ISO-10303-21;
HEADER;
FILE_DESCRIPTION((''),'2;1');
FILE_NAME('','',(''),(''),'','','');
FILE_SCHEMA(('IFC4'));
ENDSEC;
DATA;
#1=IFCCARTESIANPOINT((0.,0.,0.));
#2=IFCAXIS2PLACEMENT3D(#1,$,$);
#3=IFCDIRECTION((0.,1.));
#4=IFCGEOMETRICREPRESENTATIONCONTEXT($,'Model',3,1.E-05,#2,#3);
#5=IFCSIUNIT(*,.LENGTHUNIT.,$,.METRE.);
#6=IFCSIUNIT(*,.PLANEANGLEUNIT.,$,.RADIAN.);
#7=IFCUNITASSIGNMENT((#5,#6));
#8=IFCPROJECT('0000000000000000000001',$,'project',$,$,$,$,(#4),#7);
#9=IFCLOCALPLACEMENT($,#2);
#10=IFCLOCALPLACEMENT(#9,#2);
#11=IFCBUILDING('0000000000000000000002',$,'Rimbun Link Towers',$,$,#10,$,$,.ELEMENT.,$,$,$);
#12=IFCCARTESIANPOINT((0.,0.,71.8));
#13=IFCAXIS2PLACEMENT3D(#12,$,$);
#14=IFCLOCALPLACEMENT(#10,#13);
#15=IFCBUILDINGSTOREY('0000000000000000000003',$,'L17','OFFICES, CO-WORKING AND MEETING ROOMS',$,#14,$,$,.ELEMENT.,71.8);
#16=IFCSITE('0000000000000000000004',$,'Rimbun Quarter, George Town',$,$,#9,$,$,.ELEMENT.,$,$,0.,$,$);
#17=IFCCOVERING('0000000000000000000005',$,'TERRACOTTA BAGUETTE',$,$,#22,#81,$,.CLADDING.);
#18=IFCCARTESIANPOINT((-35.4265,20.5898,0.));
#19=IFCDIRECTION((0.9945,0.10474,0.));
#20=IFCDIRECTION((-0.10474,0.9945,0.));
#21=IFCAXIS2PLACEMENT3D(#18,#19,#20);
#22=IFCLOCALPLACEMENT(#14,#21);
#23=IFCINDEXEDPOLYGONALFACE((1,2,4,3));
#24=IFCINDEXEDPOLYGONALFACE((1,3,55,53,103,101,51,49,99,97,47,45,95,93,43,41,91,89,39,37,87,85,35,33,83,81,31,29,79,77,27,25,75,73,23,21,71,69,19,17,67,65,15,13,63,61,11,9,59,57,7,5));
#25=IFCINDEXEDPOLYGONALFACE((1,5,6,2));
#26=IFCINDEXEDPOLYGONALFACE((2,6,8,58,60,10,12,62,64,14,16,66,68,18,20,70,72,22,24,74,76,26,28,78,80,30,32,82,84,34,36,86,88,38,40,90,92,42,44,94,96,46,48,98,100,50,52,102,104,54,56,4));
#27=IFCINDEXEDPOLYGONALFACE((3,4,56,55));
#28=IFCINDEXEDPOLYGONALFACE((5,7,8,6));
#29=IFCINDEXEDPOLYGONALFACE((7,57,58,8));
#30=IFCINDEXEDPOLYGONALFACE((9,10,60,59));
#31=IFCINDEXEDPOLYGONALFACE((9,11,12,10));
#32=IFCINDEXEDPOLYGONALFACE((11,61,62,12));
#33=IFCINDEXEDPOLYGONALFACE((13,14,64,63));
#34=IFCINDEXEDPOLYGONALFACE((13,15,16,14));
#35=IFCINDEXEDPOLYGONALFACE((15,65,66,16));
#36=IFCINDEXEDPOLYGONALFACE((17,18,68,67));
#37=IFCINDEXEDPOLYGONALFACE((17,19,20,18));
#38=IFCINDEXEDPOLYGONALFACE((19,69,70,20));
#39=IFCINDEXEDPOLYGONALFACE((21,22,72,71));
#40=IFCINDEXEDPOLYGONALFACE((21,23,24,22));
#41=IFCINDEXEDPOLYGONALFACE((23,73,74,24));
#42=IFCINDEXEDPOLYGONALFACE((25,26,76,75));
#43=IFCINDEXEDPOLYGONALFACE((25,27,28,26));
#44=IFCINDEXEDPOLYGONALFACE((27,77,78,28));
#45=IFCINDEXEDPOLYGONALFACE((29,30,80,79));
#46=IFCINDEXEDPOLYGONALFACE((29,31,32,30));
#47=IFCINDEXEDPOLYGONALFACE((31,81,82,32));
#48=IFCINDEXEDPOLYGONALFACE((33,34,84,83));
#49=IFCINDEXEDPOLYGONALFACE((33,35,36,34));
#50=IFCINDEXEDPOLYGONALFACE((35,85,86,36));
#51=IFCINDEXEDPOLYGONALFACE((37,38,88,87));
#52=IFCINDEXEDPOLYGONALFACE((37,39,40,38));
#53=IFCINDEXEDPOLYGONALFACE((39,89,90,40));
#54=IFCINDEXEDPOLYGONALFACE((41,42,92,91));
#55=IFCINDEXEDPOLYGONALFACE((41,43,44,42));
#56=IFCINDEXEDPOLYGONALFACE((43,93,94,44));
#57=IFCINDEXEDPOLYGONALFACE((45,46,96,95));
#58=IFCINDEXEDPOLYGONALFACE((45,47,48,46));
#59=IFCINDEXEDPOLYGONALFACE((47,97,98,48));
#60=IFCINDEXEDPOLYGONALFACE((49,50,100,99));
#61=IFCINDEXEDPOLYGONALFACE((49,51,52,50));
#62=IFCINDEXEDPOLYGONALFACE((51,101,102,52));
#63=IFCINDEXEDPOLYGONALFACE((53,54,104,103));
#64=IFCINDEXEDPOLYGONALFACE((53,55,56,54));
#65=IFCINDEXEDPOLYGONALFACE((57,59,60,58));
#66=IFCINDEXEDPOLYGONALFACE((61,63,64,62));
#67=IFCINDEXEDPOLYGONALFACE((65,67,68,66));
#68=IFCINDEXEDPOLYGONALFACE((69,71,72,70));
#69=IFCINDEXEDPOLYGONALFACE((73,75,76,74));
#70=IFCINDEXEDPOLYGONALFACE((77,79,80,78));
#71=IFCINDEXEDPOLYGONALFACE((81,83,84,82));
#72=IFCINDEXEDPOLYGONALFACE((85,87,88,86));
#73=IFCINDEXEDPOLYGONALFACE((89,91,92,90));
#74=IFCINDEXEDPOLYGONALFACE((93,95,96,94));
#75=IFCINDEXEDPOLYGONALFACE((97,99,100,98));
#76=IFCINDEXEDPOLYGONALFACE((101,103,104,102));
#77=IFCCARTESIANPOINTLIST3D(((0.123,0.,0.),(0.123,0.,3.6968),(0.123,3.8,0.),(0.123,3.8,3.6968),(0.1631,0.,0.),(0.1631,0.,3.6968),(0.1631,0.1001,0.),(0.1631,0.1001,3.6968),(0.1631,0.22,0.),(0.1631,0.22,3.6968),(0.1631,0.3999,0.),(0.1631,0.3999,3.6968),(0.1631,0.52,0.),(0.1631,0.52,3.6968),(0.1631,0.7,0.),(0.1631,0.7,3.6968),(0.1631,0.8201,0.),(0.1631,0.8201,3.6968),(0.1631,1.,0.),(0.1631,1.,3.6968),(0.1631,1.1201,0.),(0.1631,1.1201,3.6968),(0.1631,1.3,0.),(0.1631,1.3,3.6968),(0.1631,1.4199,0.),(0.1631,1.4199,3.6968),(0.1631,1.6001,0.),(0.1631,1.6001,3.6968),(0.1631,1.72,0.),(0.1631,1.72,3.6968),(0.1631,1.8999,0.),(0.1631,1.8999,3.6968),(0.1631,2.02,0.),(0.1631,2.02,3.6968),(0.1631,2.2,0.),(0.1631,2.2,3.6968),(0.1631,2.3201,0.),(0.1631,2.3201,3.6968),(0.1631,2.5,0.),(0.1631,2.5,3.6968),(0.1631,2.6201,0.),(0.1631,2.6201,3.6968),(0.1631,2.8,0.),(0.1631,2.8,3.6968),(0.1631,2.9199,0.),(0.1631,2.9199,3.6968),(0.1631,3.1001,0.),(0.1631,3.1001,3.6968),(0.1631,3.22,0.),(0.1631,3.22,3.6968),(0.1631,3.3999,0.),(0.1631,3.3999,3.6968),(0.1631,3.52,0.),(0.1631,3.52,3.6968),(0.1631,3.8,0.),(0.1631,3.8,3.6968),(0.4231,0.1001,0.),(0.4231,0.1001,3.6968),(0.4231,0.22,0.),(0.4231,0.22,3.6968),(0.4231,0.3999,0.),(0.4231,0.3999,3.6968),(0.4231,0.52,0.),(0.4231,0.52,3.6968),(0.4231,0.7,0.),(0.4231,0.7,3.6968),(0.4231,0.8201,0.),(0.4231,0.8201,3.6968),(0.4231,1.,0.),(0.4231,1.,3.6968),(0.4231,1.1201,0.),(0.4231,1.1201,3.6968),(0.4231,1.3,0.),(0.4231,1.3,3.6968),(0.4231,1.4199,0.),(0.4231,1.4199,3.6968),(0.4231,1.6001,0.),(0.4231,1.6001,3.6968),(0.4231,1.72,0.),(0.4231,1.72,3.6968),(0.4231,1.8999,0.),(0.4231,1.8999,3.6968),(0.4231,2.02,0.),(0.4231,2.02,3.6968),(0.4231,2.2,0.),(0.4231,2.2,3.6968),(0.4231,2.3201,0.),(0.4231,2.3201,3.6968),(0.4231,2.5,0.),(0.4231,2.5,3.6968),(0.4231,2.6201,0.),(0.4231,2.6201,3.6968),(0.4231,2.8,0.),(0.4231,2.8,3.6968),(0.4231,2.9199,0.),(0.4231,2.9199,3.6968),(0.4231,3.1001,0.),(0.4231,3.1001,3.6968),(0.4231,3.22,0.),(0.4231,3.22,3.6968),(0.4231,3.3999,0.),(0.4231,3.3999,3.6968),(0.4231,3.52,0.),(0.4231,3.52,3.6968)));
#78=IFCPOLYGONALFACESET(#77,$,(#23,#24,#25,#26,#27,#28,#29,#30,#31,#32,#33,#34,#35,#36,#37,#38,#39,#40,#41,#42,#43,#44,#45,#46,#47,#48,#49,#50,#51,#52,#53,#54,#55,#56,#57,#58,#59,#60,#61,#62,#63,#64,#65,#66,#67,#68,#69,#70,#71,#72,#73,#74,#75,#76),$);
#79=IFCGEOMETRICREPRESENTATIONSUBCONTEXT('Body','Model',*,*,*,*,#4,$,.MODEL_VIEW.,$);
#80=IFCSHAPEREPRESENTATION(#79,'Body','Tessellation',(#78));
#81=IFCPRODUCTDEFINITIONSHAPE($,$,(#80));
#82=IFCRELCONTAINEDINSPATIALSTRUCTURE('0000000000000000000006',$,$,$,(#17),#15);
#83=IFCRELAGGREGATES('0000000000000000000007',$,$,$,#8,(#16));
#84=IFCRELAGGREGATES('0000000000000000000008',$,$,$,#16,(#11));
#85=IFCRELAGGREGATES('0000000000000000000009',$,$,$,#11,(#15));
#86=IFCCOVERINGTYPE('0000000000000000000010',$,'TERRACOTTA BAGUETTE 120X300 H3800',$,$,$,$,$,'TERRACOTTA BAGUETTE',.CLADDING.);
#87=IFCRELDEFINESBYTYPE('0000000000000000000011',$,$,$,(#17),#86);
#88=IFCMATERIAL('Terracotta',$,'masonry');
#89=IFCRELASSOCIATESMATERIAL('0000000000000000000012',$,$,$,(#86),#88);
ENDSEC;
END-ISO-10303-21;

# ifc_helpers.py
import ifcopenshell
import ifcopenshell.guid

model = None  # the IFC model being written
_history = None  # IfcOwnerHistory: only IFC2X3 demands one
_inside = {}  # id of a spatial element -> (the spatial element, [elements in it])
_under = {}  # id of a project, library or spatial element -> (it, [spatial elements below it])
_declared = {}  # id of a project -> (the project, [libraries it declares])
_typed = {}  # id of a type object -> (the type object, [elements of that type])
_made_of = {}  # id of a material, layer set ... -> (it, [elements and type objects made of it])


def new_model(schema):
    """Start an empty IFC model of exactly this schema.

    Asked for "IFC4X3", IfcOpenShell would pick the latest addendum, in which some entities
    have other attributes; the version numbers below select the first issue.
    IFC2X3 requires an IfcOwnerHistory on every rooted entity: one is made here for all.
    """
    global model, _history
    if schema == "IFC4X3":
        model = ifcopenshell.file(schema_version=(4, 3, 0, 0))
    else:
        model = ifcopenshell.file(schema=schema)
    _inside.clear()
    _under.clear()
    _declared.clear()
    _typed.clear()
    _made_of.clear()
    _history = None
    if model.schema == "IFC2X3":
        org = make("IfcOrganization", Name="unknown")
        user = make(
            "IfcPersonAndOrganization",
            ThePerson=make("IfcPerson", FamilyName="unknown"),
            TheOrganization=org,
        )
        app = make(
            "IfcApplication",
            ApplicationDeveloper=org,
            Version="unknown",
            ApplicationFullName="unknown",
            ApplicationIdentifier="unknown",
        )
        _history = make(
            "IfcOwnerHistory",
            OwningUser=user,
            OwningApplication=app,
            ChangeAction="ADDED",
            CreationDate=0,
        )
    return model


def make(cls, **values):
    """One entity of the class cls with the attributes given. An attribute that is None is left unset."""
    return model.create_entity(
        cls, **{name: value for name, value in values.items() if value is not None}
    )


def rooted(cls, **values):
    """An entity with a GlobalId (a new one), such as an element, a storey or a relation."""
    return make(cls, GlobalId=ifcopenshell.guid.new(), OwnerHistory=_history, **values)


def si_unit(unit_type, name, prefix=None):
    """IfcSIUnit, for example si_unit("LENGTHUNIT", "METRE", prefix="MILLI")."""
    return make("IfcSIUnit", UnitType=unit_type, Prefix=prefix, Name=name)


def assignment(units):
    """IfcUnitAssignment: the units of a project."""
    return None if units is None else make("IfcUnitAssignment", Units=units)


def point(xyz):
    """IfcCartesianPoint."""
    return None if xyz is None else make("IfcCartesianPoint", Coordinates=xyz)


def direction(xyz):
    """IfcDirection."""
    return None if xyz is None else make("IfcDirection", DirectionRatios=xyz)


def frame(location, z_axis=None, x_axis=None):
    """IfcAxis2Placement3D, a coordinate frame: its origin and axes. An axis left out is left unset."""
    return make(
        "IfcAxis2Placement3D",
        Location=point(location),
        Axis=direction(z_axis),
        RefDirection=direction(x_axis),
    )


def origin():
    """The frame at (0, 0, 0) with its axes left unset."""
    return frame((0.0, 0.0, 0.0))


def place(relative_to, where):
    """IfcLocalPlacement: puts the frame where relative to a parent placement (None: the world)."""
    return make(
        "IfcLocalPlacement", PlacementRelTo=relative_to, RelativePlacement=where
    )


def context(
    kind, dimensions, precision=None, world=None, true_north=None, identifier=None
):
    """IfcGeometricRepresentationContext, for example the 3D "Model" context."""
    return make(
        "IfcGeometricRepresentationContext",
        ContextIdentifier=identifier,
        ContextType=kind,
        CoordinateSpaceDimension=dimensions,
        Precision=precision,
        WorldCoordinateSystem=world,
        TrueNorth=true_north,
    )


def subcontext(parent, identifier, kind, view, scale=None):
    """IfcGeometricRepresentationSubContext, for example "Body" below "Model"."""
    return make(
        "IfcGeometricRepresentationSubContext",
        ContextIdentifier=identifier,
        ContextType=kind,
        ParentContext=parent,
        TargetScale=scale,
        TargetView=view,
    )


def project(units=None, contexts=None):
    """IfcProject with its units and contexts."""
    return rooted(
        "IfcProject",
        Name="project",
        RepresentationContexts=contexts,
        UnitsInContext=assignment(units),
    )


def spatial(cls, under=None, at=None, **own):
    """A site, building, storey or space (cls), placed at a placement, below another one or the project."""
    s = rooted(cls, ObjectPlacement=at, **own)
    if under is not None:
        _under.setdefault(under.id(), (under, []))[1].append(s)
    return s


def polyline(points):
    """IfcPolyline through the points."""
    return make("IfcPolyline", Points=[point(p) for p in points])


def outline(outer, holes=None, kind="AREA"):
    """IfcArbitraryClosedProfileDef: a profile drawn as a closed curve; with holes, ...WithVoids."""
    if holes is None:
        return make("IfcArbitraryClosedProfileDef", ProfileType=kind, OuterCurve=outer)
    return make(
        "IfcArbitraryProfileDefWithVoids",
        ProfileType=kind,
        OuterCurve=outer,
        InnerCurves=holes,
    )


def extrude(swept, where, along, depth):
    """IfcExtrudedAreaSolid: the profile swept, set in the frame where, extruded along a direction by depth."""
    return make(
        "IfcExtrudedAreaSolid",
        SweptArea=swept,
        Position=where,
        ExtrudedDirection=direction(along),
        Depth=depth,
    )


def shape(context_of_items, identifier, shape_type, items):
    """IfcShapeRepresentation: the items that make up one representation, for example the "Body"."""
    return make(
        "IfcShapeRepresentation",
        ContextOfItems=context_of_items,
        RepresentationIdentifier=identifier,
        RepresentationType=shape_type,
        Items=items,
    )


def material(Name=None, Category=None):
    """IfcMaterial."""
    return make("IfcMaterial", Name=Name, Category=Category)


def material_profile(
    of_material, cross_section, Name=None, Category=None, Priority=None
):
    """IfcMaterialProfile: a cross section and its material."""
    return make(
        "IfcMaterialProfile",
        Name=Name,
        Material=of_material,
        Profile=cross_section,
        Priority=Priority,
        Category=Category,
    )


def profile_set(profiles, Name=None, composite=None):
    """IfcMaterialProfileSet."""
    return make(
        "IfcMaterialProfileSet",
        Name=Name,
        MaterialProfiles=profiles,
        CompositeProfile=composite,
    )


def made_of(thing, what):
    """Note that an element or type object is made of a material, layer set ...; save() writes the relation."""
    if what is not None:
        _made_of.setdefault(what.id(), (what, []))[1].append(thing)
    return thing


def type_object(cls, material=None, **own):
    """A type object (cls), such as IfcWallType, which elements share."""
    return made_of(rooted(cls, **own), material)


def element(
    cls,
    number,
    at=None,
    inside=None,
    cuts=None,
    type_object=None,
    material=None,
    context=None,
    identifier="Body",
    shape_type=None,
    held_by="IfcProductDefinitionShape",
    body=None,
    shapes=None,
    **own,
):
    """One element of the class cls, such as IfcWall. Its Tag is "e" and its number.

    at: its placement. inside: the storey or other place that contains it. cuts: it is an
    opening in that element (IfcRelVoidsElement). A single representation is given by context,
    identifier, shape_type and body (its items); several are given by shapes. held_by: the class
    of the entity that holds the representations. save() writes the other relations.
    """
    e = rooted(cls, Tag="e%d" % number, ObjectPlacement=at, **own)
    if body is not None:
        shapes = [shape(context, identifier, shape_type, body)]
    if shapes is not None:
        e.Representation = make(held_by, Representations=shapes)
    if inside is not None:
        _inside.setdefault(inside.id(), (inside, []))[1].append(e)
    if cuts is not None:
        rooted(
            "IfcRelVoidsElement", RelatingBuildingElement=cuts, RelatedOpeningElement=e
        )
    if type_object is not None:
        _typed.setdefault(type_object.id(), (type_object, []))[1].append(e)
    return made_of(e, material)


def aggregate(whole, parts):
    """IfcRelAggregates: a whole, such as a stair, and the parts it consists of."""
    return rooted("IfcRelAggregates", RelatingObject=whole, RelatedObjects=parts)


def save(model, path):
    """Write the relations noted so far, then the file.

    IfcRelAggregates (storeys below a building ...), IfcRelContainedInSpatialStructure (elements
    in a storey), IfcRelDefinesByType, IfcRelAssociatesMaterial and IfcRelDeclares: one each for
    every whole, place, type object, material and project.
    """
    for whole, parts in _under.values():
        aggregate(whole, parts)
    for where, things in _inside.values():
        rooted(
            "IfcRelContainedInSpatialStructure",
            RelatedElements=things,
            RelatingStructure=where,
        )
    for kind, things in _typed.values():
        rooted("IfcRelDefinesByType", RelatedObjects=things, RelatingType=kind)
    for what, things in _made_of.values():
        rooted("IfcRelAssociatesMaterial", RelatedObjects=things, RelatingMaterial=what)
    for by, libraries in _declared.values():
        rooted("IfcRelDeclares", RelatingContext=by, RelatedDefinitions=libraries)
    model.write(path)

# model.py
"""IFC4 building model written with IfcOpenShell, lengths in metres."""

from ifc_helpers import new_model, si_unit, direction, frame, origin, place, context, subcontext, project, spatial, polyline, outline, extrude, material, material_profile, profile_set, type_object, element, save


model = new_model("IFC4")

# Units and contexts
model_context = context("Model", 3, precision=1e-05, world=origin(), true_north=direction((0.0, 1.0)))
body_context = subcontext(model_context, "Body", "Model", "MODEL_VIEW")
ifc_project = project(units=[si_unit("LENGTHUNIT", "METRE"), si_unit("PLANEANGLEUNIT", "RADIAN")], contexts=[model_context])

# Site, building, storey
site_placement = place(None, origin())
site = spatial("IfcSite", under=ifc_project, at=site_placement, Name="Rimbun Quarter, George Town", CompositionType="ELEMENT", RefElevation=0.0)
building_placement = place(site_placement, origin())
building = spatial("IfcBuilding", under=site, at=building_placement, Name="Rimbun Link Towers", CompositionType="ELEMENT")
storey_placement = place(building_placement, frame((0.0, 0.0, 71.8)))
storey = spatial("IfcBuildingStorey", under=building, at=storey_placement, Name="L17", Description="OFFICES, CO-WORKING AND MEETING ROOMS", CompositionType="ELEMENT", Elevation=71.8)

# Covering
ifc_material_1 = material(Name="Terracotta", Category="masonry")
ifc_material_profile_1 = material_profile(ifc_material_1, outline(polyline([(0.123, 0.0), (0.1631, 0.0), (0.1631, 0.1001), (0.4231, 0.1001), (0.4231, 0.22), (0.1631, 0.22), (0.1631, 0.3999), (0.4231, 0.3999), (0.4231, 0.52), (0.1631, 0.52), (0.1631, 0.7), (0.4231, 0.7), (0.4231, 0.8201), (0.1631, 0.8201), (0.1631, 1.0), (0.4231, 1.0), (0.4231, 1.1201), (0.1631, 1.1201), (0.1631, 1.3), (0.4231, 1.3), (0.4231, 1.4199), (0.1631, 1.4199), (0.1631, 1.6001), (0.4231, 1.6001), (0.4231, 1.72), (0.1631, 1.72), (0.1631, 1.8999), (0.4231, 1.8999), (0.4231, 2.02), (0.1631, 2.02), (0.1631, 2.2), (0.4231, 2.2), (0.4231, 2.3201), (0.1631, 2.3201), (0.1631, 2.5), (0.4231, 2.5), (0.4231, 2.6201), (0.1631, 2.6201), (0.1631, 2.8), (0.4231, 2.8), (0.4231, 2.9199), (0.1631, 2.9199), (0.1631, 3.1001), (0.4231, 3.1001), (0.4231, 3.22), (0.1631, 3.22), (0.1631, 3.3999), (0.4231, 3.3999), (0.4231, 3.52), (0.1631, 3.52), (0.1631, 3.8), (0.123, 3.8), (0.123, 0.0)])), Name="BAGUETTE 120X300")
ifc_profile_set_1 = profile_set([ifc_material_profile_1], Name="Terracotta")
covering_type = type_object("IfcCoveringType", Name="TERRACOTTA BAGUETTE 120X300 H3800", ElementType="TERRACOTTA BAGUETTE", PredefinedType="CLADDING", material=ifc_profile_set_1)
for number, where, z_axis, x_axis, name in (
    (1, (-35.4265, 20.5898, 0.0), (0.9945, 0.10474, 0.0), (-0.10474, 0.9945, 0.0), "TERRACOTTA BAGUETTE"),
):
    element("IfcCovering", number, at=place(storey_placement, frame(where, z_axis=z_axis, x_axis=x_axis)), inside=storey, type_object=covering_type, Name=name, PredefinedType="CLADDING", context=body_context, shape_type="SweptSolid", body=[
        extrude(outline(polyline([(0.123, 0.0), (0.1631, 0.0), (0.1631, 0.1001), (0.4231, 0.1001), (0.4231, 0.22), (0.1631, 0.22), (0.1631, 0.3999), (0.4231, 0.3999), (0.4231, 0.52), (0.1631, 0.52), (0.1631, 0.7), (0.4231, 0.7), (0.4231, 0.8201), (0.1631, 0.8201), (0.1631, 1.0), (0.4231, 1.0), (0.4231, 1.1201), (0.1631, 1.1201), (0.1631, 1.3), (0.4231, 1.3), (0.4231, 1.4199), (0.1631, 1.4199), (0.1631, 1.6001), (0.4231, 1.6001), (0.4231, 1.72), (0.1631, 1.72), (0.1631, 1.8999), (0.4231, 1.8999), (0.4231, 2.02), (0.1631, 2.02), (0.1631, 2.2), (0.4231, 2.2), (0.4231, 2.3201), (0.1631, 2.3201), (0.1631, 2.5), (0.4231, 2.5), (0.4231, 2.6201), (0.1631, 2.6201), (0.1631, 2.8), (0.4231, 2.8), (0.4231, 2.9199), (0.1631, 2.9199), (0.1631, 3.1001), (0.4231, 3.1001), (0.4231, 3.22), (0.1631, 3.22), (0.1631, 3.3999), (0.4231, 3.3999), (0.4231, 3.52), (0.1631, 3.52), (0.1631, 3.8), (0.123, 3.8), (0.123, 0.0)])), origin(), (0.0, 0.0, 1.0), 3.6968),
    ])

save(model, "model.ifc")
